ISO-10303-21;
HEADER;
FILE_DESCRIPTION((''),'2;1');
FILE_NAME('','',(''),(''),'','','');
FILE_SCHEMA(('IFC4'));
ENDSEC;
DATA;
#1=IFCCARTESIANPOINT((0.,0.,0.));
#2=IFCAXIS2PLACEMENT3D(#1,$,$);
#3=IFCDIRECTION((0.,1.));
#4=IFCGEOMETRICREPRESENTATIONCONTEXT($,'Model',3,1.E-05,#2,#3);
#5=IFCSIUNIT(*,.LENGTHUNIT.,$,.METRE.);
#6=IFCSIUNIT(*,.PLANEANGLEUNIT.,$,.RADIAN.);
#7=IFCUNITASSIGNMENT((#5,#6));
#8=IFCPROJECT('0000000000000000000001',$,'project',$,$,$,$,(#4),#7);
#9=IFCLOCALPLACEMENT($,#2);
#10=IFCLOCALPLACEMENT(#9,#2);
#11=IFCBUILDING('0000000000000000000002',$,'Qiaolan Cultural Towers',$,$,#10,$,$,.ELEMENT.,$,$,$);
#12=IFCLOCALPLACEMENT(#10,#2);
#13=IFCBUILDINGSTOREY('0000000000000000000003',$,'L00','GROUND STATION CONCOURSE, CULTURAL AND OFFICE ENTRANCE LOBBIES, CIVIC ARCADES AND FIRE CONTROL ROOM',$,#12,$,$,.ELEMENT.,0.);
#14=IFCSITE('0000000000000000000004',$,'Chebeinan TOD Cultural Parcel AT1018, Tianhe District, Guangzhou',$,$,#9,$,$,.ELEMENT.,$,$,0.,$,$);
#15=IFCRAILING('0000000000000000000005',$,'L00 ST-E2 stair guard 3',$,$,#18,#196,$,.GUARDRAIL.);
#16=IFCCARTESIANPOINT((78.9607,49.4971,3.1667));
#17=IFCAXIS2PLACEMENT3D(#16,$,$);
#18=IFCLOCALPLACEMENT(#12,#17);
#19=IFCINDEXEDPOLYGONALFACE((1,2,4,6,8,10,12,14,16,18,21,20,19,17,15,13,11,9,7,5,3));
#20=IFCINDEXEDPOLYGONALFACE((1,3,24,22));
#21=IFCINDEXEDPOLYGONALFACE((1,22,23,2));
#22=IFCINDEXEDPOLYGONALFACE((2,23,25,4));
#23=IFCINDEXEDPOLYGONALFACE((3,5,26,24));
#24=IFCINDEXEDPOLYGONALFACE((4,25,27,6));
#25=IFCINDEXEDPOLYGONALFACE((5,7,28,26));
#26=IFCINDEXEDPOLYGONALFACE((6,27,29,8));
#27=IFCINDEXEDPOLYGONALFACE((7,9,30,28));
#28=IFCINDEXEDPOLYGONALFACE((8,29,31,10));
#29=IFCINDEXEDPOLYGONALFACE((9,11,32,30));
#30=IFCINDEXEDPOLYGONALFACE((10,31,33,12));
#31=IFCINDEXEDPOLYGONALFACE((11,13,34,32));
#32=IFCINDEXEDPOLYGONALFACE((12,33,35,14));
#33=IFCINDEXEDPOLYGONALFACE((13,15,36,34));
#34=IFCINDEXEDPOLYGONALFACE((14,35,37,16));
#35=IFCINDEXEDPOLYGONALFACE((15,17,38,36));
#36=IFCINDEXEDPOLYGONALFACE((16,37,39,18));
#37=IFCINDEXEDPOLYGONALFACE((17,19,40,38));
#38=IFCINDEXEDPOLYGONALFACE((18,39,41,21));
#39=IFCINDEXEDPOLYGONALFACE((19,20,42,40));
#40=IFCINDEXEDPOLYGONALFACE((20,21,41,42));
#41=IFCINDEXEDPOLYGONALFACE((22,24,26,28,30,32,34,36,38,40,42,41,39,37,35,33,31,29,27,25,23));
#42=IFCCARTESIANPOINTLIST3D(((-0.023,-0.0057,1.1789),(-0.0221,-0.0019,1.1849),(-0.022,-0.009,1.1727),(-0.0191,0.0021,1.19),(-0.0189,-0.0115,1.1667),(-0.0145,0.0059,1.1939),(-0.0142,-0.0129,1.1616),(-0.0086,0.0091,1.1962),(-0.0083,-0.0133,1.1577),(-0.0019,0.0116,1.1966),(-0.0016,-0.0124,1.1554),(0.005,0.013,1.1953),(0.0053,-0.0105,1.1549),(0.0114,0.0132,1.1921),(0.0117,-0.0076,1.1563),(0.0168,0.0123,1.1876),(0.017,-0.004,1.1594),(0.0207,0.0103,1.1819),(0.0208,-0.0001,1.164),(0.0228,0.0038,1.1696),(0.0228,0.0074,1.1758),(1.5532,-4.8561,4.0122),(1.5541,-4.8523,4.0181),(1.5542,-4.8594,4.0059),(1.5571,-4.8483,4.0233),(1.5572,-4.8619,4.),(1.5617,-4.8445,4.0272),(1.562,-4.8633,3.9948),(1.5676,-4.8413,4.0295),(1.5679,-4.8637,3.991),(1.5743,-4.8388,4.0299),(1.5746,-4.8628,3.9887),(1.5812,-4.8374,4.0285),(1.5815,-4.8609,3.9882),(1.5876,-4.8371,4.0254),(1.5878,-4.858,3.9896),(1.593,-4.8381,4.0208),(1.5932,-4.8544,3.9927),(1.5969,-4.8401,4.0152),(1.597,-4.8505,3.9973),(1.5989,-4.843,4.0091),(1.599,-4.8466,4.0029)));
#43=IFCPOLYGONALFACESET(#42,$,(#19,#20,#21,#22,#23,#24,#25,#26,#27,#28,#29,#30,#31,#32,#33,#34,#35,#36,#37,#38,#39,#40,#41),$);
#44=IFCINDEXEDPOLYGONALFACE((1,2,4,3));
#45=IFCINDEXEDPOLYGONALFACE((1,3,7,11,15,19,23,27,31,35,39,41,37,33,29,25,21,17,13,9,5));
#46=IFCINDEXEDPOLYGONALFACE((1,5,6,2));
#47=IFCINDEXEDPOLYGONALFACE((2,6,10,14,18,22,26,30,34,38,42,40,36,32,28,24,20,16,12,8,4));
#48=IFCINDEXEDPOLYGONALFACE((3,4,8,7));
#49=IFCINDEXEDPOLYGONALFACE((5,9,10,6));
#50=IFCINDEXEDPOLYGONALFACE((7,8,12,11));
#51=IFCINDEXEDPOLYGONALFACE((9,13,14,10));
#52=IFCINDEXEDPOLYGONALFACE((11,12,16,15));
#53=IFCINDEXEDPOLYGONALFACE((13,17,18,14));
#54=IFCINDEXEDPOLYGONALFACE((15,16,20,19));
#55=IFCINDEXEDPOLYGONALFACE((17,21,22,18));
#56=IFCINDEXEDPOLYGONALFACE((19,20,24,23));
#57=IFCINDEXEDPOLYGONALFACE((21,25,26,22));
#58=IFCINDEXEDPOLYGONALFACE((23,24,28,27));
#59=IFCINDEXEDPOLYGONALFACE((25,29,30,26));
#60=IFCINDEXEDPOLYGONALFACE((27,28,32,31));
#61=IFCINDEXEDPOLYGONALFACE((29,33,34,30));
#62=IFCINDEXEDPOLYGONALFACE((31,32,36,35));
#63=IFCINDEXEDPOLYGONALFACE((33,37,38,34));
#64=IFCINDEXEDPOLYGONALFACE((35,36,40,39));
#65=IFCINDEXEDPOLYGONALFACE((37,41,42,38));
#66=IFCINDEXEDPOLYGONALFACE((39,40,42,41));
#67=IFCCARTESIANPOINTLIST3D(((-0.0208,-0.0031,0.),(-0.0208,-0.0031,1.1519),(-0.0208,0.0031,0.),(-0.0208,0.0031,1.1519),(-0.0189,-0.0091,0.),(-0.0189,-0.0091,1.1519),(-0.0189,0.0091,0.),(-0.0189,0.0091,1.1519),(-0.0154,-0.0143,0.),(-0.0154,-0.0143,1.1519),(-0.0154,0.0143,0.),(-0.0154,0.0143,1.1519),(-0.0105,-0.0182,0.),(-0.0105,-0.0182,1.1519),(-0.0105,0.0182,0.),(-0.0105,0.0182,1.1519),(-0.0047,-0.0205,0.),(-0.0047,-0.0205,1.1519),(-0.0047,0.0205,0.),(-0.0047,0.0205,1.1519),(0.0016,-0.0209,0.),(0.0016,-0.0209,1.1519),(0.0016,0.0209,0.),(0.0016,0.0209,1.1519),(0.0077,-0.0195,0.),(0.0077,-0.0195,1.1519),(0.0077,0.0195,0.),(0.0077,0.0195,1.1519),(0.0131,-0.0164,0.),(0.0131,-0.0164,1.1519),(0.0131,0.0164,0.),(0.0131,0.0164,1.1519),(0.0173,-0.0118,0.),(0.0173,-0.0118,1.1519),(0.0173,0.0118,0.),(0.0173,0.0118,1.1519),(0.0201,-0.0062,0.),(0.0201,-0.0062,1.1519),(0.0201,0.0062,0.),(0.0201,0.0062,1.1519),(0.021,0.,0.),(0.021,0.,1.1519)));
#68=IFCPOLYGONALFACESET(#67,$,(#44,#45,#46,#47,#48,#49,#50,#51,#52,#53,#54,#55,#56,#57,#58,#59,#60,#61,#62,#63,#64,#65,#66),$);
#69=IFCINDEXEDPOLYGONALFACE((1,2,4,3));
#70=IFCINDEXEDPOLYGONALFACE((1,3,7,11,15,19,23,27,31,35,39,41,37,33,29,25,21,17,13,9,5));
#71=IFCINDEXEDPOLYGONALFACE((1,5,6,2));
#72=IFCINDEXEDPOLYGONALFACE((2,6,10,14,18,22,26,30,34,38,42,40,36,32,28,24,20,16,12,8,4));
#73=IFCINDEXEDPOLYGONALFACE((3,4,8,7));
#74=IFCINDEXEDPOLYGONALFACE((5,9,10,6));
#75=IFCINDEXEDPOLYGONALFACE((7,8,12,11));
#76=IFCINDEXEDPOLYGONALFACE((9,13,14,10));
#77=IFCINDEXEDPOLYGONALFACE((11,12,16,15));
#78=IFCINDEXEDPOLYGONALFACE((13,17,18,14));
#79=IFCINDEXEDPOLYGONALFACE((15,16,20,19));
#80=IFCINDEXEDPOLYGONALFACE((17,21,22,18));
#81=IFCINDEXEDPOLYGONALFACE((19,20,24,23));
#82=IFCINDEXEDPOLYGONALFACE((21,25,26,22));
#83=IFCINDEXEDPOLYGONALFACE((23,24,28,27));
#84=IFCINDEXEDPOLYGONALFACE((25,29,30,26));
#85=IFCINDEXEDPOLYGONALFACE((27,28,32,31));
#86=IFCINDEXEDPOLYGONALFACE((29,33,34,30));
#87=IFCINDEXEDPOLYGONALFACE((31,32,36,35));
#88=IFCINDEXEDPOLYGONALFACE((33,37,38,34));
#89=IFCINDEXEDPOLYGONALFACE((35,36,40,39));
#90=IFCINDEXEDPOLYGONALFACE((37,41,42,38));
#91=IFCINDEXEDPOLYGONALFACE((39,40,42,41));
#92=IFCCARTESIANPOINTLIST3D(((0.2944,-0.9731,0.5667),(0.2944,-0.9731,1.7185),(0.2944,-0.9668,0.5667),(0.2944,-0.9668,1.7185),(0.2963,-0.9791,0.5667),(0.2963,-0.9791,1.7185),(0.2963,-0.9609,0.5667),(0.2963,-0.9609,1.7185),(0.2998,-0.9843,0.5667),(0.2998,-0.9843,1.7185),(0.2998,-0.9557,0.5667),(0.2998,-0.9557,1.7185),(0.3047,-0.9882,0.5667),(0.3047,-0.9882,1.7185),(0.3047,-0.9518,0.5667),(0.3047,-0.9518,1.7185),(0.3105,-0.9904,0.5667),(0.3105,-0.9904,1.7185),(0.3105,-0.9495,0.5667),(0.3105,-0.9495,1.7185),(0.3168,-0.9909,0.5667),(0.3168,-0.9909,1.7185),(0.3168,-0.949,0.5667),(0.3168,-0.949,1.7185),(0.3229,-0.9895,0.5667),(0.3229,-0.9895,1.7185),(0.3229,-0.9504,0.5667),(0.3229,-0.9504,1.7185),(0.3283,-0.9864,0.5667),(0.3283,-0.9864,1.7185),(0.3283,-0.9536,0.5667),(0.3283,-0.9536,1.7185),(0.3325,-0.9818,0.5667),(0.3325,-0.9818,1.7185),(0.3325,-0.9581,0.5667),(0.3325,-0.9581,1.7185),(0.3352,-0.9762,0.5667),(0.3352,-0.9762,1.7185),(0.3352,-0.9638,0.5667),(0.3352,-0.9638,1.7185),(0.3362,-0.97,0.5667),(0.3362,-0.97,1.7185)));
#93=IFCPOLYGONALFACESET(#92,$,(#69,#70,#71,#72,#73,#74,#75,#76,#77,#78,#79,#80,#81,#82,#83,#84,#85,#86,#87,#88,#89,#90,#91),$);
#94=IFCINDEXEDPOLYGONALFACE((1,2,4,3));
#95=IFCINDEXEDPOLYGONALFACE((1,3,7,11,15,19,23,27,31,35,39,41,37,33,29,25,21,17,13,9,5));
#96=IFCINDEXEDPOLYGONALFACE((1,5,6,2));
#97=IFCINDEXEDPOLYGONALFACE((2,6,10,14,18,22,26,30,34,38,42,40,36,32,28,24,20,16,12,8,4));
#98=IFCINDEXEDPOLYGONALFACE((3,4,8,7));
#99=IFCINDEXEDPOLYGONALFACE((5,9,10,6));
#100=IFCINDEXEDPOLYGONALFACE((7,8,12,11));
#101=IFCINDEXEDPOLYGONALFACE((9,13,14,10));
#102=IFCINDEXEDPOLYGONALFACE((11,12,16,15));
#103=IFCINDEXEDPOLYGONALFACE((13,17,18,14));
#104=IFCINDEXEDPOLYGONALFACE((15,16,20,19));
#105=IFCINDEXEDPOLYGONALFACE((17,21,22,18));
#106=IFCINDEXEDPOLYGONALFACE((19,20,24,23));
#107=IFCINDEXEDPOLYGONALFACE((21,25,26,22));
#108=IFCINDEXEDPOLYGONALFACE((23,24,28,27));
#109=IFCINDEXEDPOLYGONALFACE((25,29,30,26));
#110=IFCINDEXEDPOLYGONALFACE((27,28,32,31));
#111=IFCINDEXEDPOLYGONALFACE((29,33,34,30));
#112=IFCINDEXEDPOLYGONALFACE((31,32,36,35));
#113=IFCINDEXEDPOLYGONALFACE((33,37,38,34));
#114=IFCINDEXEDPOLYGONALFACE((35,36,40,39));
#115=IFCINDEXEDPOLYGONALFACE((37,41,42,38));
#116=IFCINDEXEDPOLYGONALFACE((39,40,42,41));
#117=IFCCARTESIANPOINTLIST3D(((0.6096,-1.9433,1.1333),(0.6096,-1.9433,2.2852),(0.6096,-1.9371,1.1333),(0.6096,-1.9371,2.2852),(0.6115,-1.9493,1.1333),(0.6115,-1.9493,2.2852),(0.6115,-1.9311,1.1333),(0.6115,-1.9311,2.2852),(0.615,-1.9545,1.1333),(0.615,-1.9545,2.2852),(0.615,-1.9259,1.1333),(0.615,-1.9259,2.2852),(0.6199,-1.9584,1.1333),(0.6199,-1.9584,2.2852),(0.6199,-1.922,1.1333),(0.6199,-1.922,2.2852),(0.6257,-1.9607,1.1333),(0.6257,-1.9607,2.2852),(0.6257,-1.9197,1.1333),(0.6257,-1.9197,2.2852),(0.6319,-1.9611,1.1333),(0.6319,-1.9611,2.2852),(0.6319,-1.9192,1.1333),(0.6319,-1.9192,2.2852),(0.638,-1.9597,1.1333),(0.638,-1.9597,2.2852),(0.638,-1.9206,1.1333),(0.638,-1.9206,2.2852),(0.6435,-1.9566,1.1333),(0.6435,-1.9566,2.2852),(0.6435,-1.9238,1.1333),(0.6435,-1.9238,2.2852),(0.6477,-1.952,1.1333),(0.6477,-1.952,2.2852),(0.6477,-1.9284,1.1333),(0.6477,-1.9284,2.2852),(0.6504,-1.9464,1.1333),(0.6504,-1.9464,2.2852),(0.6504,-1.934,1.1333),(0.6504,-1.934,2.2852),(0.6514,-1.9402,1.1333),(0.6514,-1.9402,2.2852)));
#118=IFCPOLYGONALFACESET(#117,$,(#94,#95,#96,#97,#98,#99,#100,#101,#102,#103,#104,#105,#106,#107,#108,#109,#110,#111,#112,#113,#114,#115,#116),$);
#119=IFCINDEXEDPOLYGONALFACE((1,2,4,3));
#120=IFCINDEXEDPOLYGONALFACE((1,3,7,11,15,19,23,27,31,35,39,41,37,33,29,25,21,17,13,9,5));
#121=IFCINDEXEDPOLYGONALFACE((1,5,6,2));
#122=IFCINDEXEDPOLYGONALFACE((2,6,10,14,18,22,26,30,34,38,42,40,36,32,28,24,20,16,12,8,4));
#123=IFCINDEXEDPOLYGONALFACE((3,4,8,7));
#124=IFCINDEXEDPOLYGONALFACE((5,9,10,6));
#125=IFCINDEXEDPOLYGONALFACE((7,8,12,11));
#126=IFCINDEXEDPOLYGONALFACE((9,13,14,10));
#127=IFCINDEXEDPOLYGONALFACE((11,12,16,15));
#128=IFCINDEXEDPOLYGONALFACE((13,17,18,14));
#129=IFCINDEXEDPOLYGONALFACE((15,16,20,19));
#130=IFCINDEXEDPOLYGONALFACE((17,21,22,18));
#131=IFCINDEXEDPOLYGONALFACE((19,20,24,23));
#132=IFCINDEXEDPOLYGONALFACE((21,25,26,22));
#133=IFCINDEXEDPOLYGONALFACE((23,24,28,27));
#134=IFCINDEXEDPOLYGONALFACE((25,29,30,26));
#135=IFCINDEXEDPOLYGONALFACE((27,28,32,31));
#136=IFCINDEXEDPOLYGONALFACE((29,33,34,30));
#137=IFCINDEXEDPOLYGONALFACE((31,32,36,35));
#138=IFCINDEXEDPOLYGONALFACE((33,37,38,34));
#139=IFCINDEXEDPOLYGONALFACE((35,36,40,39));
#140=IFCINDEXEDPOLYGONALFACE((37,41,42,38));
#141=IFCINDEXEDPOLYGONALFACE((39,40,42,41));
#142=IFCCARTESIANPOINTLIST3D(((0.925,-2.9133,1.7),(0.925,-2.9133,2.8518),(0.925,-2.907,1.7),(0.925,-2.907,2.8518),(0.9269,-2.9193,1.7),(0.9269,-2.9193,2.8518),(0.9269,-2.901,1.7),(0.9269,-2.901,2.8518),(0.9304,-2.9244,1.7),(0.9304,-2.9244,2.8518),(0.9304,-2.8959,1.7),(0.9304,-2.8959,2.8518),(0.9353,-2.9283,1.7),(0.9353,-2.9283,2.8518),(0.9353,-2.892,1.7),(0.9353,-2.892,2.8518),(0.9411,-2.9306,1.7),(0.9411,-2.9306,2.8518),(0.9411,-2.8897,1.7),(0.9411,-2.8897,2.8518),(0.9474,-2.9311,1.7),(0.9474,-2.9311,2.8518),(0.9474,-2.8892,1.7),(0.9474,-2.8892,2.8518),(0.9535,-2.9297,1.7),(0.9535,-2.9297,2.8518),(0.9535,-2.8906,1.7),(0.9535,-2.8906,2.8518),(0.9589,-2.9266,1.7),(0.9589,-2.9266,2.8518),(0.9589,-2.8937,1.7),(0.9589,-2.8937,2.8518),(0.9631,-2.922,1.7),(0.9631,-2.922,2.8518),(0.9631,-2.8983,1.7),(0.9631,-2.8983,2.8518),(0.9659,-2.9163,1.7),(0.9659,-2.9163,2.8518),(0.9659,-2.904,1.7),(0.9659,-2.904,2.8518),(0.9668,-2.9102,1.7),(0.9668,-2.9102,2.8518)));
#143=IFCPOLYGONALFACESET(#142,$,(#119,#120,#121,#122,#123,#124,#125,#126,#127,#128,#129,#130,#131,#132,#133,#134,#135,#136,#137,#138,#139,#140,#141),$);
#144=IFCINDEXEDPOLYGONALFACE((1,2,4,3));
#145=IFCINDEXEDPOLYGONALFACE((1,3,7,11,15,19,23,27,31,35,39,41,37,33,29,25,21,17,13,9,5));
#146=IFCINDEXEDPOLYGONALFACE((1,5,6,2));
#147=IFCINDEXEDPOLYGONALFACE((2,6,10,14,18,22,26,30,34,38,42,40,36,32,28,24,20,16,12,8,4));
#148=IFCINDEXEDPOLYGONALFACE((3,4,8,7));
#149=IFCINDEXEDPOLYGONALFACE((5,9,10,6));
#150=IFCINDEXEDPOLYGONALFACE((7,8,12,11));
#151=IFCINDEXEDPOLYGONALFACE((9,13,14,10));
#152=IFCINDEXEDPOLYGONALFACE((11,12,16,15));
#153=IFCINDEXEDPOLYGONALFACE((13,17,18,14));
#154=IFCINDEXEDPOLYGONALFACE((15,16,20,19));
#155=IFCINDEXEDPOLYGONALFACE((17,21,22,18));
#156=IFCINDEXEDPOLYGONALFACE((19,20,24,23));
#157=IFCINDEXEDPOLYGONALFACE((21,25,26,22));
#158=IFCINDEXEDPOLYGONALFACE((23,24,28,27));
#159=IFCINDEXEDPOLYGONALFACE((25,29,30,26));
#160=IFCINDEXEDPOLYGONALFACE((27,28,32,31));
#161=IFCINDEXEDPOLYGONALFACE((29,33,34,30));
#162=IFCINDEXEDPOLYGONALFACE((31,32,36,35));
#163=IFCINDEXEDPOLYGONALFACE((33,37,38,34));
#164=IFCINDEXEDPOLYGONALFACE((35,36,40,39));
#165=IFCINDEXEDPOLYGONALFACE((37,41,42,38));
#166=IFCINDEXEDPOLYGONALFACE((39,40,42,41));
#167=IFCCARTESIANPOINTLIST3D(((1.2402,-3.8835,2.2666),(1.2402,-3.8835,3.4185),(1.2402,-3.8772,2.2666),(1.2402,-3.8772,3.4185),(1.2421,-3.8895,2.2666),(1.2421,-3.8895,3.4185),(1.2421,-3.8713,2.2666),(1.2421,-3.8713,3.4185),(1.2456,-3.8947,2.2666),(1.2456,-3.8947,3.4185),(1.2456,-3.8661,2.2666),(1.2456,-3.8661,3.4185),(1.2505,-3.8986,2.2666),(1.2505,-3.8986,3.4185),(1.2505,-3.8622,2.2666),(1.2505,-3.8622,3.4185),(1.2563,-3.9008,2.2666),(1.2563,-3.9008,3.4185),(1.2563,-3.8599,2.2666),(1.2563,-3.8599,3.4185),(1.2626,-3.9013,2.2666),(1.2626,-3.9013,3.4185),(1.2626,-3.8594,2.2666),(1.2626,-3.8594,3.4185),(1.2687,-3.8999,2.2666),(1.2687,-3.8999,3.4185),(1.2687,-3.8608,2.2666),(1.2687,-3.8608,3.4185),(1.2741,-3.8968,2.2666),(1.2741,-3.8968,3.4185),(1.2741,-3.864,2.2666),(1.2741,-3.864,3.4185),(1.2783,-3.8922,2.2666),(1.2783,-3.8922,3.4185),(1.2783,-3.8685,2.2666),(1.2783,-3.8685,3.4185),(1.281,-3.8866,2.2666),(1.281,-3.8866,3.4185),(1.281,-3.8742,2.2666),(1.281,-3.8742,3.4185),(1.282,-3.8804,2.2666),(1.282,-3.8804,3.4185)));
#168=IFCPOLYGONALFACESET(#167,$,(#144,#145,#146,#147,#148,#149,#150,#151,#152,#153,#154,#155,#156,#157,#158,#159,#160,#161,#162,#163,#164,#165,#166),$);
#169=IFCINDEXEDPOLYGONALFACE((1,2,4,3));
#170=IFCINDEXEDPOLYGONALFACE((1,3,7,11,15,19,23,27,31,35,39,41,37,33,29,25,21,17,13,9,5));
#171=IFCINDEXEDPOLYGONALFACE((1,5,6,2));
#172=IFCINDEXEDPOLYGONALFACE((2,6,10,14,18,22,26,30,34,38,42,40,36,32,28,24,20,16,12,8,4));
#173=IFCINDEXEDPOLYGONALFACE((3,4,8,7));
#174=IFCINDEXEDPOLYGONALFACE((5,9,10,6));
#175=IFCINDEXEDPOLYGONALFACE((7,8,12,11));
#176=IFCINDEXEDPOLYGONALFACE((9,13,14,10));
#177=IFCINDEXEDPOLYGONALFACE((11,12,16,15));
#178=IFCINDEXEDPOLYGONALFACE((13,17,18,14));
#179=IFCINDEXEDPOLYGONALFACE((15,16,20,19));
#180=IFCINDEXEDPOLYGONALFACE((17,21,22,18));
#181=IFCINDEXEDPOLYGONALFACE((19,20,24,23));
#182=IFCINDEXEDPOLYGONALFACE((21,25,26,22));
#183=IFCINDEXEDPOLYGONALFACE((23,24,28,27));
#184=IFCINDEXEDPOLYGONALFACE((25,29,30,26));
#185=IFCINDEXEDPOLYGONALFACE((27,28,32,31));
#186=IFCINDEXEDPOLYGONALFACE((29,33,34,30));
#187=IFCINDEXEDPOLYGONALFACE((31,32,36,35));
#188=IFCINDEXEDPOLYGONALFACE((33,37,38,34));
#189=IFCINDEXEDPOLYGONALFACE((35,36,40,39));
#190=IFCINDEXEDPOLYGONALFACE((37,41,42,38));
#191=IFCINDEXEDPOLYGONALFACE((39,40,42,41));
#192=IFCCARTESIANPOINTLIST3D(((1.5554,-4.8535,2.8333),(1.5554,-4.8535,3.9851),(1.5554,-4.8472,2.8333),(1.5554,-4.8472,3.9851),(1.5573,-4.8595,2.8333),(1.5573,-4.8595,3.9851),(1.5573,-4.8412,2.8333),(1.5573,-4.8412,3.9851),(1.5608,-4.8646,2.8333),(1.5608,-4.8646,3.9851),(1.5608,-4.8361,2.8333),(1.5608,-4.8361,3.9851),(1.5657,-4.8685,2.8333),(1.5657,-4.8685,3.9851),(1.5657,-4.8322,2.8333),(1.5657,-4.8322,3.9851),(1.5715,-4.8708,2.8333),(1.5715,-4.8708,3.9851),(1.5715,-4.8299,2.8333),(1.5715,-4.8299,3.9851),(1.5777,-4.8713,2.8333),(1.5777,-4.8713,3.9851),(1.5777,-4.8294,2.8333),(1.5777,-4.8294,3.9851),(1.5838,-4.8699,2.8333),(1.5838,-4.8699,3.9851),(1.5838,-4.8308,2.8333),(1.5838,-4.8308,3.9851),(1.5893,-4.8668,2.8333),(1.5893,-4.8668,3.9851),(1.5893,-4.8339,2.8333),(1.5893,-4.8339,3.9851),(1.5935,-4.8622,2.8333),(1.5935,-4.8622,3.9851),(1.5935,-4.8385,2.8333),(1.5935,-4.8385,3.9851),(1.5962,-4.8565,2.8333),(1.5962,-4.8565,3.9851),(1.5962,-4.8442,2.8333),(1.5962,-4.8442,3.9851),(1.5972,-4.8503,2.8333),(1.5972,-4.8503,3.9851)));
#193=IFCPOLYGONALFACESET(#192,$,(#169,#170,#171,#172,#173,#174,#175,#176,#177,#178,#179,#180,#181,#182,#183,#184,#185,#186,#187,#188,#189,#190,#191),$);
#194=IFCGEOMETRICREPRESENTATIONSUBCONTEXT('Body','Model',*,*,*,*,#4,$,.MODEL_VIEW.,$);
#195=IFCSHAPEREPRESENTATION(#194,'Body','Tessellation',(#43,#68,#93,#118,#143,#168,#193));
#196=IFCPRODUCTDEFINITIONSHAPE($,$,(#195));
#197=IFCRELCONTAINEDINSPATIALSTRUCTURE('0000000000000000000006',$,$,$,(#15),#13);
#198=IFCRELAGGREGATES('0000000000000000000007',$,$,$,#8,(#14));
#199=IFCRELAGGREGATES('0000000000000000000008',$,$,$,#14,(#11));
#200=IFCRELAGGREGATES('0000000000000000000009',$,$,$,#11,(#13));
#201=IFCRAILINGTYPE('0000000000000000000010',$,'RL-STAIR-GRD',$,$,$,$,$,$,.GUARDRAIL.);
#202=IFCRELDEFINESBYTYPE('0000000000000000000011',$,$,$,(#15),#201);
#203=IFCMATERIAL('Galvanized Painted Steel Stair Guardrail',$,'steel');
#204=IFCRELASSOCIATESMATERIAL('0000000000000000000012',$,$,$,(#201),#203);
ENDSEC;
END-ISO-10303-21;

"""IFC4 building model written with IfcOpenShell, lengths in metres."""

from ifc_helpers import new_model, si_unit, direction, frame, origin, origin_2d, place, context, subcontext, project, spatial, circle, extrude, material, type_object, element, save


model = new_model("IFC4")

# Units and contexts
model_context = context("Model", 3, precision=1e-05, world=origin(), true_north=direction((0.0, 1.0)))
body_context = subcontext(model_context, "Body", "Model", "MODEL_VIEW")
ifc_project = project(units=[si_unit("LENGTHUNIT", "METRE"), si_unit("PLANEANGLEUNIT", "RADIAN")], contexts=[model_context])

# Site, building, storey
site_placement = place(None, origin())
site = spatial("IfcSite", under=ifc_project, at=site_placement, Name="Chebeinan TOD Cultural Parcel AT1018, Tianhe District, Guangzhou", CompositionType="ELEMENT", RefElevation=0.0)
building_placement = place(site_placement, origin())
building = spatial("IfcBuilding", under=site, at=building_placement, Name="Qiaolan Cultural Towers", CompositionType="ELEMENT")
storey_placement = place(building_placement, origin())
storey = spatial("IfcBuildingStorey", under=building, at=storey_placement, Name="L00", Description="GROUND STATION CONCOURSE, CULTURAL AND OFFICE ENTRANCE LOBBIES, CIVIC ARCADES AND FIRE CONTROL ROOM", CompositionType="ELEMENT", Elevation=0.0)

# Railing
ifc_material_1 = material(Name="Galvanized Painted Steel Stair Guardrail", Category="steel")
railing_type_1 = type_object("IfcRailingType", Name="RL-STAIR-GRD", PredefinedType="GUARDRAIL", material=ifc_material_1)
railing_1_placement = place(storey_placement, frame((78.9607, 49.4971, 3.1667)))
element("IfcRailing", 1, at=railing_1_placement, inside=storey, type_object=railing_type_1, Name="L00 ST-E2 stair guard 3", PredefinedType="GUARDRAIL", context=body_context, shape_type="SweptSolid", body=[
    extrude(circle(Radius=0.0239, at=origin_2d()), frame((0.0, 0.0, 1.1758), z_axis=(0.270162, -0.831369, 0.485631), x_axis=(0.951045, 0.309053, 0.0)), (0.0, 0.0, 1.0), 5.8342),
    extrude(circle(Radius=0.021, at=origin_2d()), origin(), (0.0, 0.0, 1.0), 1.1519),
    extrude(circle(Radius=0.021, at=origin_2d()), frame((0.3152, -0.97, 0.5667)), (0.0, 0.0, 1.0), 1.1519),
    extrude(circle(Radius=0.021, at=origin_2d()), frame((0.6304, -1.9402, 1.1333)), (0.0, 0.0, 1.0), 1.1519),
    extrude(circle(Radius=0.021, at=origin_2d()), frame((0.9458, -2.9102, 1.7)), (0.0, 0.0, 1.0), 1.1519),
    extrude(circle(Radius=0.021, at=origin_2d()), frame((1.261, -3.8804, 2.2666)), (0.0, 0.0, 1.0), 1.1519),
    extrude(circle(Radius=0.021, at=origin_2d()), frame((1.5762, -4.8503, 2.8333)), (0.0, 0.0, 1.0), 1.1519),
])

save(model, "model.ifc")
